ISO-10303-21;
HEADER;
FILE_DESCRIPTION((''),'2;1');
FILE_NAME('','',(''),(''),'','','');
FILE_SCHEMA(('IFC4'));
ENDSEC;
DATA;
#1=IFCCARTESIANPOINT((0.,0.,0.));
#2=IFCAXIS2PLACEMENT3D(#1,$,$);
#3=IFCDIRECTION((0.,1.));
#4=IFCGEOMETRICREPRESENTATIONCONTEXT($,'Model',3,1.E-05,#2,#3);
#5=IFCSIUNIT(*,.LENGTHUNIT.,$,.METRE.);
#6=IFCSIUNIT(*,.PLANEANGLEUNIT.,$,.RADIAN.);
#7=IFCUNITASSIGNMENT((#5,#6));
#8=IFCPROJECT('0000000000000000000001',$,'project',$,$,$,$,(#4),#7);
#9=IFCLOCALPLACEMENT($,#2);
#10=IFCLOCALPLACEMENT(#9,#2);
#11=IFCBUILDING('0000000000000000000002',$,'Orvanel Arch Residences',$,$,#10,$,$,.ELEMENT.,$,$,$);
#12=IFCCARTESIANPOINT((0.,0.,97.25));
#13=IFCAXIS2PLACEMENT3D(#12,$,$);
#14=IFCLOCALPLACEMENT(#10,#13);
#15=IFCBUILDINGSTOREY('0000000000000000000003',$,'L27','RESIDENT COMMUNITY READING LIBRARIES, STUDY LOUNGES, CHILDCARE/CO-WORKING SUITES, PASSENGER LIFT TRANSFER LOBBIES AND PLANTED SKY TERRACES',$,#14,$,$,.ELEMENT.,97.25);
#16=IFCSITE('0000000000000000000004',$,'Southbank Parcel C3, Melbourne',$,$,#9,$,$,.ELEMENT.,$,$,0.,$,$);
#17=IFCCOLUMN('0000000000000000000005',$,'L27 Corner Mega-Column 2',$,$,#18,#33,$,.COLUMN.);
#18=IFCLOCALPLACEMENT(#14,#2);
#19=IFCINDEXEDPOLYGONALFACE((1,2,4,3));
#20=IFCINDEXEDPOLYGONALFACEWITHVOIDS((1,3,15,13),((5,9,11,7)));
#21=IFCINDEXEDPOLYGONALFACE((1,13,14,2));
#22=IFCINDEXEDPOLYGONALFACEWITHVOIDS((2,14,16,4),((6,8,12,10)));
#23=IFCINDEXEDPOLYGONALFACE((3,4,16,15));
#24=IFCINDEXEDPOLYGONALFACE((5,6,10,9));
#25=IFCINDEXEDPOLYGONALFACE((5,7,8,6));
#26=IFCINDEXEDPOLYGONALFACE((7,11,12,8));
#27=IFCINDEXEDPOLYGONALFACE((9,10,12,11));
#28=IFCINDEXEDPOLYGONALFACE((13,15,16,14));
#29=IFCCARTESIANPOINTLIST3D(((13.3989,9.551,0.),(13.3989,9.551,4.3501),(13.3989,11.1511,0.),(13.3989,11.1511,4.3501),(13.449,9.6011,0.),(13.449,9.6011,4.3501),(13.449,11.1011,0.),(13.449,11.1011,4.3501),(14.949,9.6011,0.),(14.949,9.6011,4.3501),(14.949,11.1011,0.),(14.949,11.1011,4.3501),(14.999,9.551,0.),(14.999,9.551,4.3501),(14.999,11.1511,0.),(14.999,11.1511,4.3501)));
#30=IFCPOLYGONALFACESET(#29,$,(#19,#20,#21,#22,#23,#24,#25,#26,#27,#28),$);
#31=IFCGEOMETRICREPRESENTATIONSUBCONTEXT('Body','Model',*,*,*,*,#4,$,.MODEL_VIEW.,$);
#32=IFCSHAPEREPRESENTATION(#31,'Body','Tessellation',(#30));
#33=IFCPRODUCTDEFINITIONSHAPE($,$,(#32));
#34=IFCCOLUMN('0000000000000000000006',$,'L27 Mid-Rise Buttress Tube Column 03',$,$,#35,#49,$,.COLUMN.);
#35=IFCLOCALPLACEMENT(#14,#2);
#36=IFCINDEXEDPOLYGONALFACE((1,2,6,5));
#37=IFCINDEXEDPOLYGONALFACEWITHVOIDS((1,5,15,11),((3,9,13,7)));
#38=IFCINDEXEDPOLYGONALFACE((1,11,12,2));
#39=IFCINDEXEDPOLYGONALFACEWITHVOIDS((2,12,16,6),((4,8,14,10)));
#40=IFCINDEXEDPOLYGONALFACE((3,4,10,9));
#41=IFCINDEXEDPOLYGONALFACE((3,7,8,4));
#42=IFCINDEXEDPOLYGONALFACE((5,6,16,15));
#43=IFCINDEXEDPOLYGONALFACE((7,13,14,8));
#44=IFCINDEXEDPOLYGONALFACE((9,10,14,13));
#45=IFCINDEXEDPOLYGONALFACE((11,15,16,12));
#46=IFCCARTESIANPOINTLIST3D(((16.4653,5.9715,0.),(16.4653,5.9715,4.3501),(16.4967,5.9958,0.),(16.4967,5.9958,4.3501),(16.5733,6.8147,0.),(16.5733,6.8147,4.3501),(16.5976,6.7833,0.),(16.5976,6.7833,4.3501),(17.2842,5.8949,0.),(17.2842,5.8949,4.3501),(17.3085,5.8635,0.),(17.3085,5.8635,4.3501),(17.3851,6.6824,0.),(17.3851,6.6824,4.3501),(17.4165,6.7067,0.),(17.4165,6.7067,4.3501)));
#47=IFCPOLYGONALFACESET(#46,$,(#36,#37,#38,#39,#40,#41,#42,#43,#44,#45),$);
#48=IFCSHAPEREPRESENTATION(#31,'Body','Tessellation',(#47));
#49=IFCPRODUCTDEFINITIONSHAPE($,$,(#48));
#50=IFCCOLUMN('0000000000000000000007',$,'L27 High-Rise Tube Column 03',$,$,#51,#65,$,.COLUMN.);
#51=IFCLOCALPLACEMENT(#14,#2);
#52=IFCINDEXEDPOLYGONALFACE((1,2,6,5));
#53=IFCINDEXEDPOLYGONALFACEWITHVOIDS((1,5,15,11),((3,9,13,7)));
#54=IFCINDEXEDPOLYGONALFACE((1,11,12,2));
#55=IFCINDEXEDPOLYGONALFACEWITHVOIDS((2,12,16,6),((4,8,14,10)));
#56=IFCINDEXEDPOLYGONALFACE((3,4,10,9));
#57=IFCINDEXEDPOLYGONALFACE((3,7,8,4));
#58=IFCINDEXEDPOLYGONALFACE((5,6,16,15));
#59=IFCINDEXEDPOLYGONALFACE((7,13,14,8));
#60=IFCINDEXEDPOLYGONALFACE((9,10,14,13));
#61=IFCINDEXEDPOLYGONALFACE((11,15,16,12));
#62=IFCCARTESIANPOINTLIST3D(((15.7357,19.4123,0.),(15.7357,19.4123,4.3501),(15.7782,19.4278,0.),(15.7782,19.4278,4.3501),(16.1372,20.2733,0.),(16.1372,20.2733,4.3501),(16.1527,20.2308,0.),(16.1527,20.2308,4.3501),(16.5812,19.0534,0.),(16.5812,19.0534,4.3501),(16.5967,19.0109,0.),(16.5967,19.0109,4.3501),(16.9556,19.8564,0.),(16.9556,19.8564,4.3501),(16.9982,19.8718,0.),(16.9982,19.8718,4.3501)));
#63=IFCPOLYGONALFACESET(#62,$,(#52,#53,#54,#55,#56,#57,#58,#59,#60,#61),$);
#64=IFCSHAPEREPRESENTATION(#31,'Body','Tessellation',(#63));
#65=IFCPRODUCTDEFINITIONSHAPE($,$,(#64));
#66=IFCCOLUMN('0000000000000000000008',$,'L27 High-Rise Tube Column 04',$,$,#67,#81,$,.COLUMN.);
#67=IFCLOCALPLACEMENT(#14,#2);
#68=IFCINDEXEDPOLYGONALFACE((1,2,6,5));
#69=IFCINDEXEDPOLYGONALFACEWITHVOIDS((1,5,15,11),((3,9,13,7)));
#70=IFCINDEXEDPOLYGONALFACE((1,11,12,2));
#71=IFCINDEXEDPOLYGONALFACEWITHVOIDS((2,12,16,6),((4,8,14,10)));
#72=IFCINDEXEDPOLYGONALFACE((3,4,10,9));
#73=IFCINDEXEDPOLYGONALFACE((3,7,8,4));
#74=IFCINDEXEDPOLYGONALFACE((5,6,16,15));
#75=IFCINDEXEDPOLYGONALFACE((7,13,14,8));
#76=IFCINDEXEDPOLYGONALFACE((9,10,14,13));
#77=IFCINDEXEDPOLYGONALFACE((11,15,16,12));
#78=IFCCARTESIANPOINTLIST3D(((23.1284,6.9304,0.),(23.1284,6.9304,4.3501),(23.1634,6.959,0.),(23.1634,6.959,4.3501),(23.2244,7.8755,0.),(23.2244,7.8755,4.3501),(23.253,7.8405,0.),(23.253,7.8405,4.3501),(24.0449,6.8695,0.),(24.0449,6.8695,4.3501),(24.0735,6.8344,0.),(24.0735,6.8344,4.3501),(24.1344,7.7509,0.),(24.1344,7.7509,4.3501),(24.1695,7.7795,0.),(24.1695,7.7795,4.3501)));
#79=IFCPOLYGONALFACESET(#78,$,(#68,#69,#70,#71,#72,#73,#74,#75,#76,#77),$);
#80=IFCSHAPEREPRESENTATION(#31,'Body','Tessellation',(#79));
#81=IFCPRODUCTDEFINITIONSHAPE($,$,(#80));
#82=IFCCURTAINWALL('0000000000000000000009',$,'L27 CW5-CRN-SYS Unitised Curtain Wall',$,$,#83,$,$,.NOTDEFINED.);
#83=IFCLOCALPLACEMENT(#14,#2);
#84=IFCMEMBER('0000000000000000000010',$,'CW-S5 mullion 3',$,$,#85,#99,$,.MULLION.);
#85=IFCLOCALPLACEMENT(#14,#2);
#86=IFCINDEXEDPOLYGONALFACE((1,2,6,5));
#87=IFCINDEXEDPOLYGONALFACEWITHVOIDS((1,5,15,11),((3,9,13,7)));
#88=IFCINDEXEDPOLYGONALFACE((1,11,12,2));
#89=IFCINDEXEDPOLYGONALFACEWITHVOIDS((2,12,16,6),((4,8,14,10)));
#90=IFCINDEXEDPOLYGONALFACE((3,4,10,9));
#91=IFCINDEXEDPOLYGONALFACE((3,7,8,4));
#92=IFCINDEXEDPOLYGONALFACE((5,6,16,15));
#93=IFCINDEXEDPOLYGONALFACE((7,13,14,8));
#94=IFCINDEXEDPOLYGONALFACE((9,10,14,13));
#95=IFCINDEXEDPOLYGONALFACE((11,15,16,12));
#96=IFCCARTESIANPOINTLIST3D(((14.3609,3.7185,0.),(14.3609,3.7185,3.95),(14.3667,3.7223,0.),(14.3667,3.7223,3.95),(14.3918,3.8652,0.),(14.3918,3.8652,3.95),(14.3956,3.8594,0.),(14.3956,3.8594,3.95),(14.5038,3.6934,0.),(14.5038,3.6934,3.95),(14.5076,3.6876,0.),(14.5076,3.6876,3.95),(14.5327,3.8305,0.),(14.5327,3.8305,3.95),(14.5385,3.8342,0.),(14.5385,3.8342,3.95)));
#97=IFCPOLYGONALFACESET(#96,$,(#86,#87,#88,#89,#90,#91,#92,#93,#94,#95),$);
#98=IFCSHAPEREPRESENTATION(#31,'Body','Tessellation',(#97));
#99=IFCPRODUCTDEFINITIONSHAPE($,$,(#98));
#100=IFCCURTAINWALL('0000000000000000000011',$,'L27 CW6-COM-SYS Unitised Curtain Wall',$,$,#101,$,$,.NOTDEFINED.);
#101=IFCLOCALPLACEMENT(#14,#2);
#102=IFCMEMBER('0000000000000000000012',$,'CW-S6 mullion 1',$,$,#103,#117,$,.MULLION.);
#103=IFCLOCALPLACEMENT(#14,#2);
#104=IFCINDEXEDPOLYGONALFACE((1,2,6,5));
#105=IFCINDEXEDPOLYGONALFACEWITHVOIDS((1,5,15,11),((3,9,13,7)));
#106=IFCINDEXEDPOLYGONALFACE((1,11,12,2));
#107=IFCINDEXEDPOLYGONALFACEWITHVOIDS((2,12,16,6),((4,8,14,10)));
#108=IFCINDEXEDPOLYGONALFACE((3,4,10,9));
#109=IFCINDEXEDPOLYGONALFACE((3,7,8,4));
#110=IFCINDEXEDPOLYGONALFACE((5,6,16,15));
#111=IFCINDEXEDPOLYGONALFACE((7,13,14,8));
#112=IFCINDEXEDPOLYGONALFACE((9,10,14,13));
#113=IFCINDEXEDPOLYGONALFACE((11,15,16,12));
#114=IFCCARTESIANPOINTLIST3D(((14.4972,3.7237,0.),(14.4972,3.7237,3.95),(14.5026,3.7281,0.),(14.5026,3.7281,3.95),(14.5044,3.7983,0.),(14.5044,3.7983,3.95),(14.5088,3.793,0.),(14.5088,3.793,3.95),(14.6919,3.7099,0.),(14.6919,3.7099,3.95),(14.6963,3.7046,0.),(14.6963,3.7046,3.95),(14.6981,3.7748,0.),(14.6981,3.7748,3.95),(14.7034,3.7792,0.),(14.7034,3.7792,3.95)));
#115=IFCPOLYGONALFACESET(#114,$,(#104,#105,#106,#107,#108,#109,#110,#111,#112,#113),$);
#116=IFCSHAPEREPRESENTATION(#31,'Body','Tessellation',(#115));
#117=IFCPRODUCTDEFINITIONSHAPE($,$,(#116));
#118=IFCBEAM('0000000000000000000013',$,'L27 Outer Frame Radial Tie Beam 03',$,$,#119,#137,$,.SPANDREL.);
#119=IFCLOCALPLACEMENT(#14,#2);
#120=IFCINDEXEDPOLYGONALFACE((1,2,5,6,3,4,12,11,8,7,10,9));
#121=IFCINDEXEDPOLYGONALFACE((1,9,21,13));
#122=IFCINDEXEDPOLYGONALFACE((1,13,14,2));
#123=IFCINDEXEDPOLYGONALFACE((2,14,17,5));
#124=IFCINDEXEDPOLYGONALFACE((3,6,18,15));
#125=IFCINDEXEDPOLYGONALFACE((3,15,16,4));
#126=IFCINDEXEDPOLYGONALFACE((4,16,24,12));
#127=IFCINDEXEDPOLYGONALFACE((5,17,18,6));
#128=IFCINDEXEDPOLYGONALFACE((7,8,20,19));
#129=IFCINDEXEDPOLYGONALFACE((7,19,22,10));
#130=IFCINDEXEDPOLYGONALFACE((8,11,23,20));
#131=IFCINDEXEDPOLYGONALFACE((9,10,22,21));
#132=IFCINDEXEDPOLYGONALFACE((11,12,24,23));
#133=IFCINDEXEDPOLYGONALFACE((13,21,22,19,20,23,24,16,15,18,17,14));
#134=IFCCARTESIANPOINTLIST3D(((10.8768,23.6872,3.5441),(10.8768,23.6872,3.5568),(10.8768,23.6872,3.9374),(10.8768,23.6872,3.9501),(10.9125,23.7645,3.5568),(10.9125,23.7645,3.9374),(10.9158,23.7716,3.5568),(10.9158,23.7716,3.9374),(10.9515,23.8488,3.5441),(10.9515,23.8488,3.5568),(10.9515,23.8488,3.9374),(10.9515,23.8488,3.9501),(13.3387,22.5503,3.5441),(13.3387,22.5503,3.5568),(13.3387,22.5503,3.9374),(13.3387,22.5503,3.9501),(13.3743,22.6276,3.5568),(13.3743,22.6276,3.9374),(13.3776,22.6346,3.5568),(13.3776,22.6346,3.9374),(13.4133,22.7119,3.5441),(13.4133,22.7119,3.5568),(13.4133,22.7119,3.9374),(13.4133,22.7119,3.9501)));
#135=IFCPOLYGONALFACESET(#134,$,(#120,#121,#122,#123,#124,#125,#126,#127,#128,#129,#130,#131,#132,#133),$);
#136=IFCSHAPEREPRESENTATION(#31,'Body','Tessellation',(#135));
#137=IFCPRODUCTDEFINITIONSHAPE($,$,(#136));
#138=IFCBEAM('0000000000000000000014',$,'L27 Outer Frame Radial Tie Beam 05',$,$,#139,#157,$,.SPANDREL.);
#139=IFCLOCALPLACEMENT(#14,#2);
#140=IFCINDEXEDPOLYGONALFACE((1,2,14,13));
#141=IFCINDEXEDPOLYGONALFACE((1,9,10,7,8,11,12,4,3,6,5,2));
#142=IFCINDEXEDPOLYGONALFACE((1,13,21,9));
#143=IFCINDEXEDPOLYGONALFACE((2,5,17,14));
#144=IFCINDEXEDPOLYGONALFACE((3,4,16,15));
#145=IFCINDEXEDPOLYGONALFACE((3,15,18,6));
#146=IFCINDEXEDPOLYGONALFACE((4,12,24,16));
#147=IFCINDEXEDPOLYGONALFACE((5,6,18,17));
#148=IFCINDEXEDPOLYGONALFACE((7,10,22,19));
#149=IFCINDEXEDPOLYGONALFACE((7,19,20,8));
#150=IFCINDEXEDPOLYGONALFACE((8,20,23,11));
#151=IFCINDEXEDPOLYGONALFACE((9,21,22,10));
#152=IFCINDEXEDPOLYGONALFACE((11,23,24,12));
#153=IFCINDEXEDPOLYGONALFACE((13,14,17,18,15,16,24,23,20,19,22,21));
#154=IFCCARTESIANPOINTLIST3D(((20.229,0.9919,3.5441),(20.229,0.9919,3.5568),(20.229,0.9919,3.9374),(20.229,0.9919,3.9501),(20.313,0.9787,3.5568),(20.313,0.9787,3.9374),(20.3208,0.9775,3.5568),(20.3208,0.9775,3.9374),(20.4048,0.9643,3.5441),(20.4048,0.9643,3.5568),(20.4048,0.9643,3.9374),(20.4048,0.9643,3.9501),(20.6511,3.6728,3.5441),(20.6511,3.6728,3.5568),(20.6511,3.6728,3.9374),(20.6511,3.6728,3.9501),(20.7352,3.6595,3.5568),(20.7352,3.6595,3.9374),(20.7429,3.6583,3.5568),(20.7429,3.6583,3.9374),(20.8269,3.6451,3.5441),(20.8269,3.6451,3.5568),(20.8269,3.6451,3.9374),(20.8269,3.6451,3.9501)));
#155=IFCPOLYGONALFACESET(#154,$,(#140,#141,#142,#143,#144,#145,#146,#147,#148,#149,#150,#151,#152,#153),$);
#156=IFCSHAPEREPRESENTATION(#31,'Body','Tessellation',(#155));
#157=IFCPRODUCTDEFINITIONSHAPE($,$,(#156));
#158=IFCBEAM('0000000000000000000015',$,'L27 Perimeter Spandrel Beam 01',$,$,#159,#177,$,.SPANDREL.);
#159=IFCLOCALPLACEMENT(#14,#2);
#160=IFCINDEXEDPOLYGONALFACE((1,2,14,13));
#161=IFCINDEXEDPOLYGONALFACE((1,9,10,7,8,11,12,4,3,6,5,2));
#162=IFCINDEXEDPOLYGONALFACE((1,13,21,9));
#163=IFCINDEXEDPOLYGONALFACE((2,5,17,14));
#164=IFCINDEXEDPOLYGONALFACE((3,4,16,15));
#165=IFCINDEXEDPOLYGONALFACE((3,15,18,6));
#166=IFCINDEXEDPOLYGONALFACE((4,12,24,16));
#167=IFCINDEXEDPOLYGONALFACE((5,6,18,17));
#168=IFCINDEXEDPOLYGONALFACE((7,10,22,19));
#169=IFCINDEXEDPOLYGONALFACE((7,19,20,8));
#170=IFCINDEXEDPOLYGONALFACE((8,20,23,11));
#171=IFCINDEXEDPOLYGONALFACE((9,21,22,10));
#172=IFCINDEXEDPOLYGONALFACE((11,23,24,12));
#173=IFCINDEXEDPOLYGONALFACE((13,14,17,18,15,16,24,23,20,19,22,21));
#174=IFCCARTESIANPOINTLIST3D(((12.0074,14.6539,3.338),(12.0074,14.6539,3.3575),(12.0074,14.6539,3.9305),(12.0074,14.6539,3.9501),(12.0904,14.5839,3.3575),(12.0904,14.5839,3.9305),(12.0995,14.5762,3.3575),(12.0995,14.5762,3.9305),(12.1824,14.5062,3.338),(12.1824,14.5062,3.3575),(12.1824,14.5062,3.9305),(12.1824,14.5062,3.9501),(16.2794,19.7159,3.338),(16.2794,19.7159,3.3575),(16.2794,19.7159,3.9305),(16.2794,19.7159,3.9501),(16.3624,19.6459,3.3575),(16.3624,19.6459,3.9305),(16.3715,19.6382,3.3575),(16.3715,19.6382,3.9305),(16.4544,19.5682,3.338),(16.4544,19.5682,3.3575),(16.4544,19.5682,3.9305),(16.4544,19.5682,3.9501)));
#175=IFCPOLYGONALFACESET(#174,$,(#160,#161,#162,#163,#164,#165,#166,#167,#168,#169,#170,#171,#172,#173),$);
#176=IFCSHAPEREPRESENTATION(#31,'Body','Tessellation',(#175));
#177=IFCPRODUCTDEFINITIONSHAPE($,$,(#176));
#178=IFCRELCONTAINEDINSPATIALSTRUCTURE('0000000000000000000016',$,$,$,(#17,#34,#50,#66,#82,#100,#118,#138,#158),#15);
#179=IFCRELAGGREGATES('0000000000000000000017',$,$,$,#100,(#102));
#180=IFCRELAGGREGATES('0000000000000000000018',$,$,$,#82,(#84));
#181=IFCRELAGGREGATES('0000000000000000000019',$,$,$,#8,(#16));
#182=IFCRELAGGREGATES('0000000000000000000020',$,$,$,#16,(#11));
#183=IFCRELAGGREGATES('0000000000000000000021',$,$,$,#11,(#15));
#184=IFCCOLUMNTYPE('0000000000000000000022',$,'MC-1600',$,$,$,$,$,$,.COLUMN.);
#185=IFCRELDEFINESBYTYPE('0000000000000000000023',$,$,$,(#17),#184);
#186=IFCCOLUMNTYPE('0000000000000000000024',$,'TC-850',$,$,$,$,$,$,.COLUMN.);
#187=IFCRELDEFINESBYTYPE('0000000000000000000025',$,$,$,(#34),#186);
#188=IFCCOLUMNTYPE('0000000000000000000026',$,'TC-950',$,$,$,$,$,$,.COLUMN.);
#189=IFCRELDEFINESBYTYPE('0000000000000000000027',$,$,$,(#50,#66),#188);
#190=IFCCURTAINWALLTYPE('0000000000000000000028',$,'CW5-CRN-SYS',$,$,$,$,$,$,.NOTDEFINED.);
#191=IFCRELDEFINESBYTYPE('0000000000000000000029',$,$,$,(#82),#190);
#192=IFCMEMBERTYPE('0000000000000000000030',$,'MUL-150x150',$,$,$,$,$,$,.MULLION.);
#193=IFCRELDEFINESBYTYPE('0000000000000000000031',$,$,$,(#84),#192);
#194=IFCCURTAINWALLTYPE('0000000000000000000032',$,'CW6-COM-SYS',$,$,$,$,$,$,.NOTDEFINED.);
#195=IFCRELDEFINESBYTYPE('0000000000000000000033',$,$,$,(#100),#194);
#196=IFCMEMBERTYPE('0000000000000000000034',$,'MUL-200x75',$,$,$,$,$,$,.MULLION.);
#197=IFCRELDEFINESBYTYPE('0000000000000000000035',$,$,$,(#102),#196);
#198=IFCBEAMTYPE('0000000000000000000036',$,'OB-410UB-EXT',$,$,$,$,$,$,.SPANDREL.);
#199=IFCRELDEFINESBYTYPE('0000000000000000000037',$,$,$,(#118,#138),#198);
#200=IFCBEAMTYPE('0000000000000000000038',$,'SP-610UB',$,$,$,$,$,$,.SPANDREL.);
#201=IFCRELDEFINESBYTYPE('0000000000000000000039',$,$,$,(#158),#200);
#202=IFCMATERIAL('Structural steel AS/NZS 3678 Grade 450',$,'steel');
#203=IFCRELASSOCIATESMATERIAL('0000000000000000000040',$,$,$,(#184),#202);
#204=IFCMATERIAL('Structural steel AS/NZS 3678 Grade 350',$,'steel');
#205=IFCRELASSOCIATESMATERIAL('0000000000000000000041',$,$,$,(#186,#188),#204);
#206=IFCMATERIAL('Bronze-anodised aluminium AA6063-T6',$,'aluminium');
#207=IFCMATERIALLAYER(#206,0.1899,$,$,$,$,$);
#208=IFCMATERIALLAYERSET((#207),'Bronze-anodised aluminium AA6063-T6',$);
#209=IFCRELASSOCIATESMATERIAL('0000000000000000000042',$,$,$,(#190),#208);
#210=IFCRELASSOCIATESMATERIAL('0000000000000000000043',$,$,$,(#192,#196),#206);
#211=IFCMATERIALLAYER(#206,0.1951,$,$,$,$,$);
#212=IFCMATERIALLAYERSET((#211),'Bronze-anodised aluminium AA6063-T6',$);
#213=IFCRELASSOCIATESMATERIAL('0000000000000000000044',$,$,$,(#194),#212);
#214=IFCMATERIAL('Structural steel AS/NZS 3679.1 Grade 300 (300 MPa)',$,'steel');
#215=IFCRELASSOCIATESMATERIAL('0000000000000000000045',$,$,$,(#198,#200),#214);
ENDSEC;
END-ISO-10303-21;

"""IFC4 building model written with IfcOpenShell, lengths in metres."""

from ifc_helpers import new_model, si_unit, direction, frame, origin, origin_2d, place, context, subcontext, project, spatial, hollow_rectangle, i_section, extrude, material, layer, layer_set, material_profile, profile_set, type_object, element, aggregate, save


model = new_model("IFC4")

# Units and contexts
model_context = context("Model", 3, precision=1e-05, world=origin(), true_north=direction((0.0, 1.0)))
body_context = subcontext(model_context, "Body", "Model", "MODEL_VIEW")
ifc_project = project(units=[si_unit("LENGTHUNIT", "METRE"), si_unit("PLANEANGLEUNIT", "RADIAN")], contexts=[model_context])

# Site, building, storey
site_placement = place(None, origin())
site = spatial("IfcSite", under=ifc_project, at=site_placement, Name="Southbank Parcel C3, Melbourne", CompositionType="ELEMENT", RefElevation=0.0)
building_placement = place(site_placement, origin())
building = spatial("IfcBuilding", under=site, at=building_placement, Name="Orvanel Arch Residences", CompositionType="ELEMENT")
storey_placement = place(building_placement, frame((0.0, 0.0, 97.25)))
storey = spatial("IfcBuildingStorey", under=building, at=storey_placement, Name="L27", Description="RESIDENT COMMUNITY READING LIBRARIES, STUDY LOUNGES, CHILDCARE/CO-WORKING SUITES, PASSENGER LIFT TRANSFER LOBBIES AND PLANTED SKY TERRACES", CompositionType="ELEMENT", Elevation=97.25)

# Columns
ifc_material_1 = material(Name="Structural steel AS/NZS 3678 Grade 450", Category="steel")
ifc_material_profile_1 = material_profile(ifc_material_1, hollow_rectangle(XDim=1.6001, YDim=1.6001, WallThickness=0.05, at=origin_2d()), Name="BOX1600x1600x50")
ifc_profile_set_1 = profile_set([ifc_material_profile_1], Name="Structural steel AS/NZS 3678 Grade 450")
column_type_1 = type_object("IfcColumnType", Name="MC-1600", PredefinedType="COLUMN", material=ifc_profile_set_1)
column_1_placement = place(storey_placement, frame((14.199, 10.3511, 0.0), z_axis=(0.0, 0.0, 1.0), x_axis=(1.0, 0.0, 0.0)))
element("IfcColumn", 1, at=column_1_placement, inside=storey, type_object=column_type_1, Name="L27 Corner Mega-Column 2", PredefinedType="COLUMN", context=body_context, shape_type="SweptSolid", body=[
    extrude(hollow_rectangle(XDim=1.6001, YDim=1.6001, WallThickness=0.05, at=origin_2d()), origin(), (0.0, 0.0, 1.0), 4.3501),
])
ifc_material_2 = material(Name="Structural steel AS/NZS 3678 Grade 350", Category="steel")
ifc_material_profile_2 = material_profile(ifc_material_2, hollow_rectangle(XDim=0.8501, YDim=0.8501, WallThickness=0.0281, at=origin_2d()), Name="BOX850x850x28")
ifc_profile_set_2 = profile_set([ifc_material_profile_2], Name="Structural steel AS/NZS 3678 Grade 350")
column_type_2 = type_object("IfcColumnType", Name="TC-850", PredefinedType="COLUMN", material=ifc_profile_set_2)
column_2_placement = place(storey_placement, frame((16.9409, 6.3391, 0.0), z_axis=(0.0, 0.0, 1.0), x_axis=(-0.991894, 0.127065, 0.0)))
element("IfcColumn", 2, at=column_2_placement, inside=storey, type_object=column_type_2, Name="L27 Mid-Rise Buttress Tube Column 03", PredefinedType="COLUMN", context=body_context, shape_type="SweptSolid", body=[
    extrude(hollow_rectangle(XDim=0.8501, YDim=0.8501, WallThickness=0.0281, at=origin_2d()), origin(), (0.0, 0.0, 1.0), 4.3501),
])
ifc_material_profile_3 = material_profile(ifc_material_2, hollow_rectangle(XDim=0.95, YDim=0.95, WallThickness=0.032, at=origin_2d()), Name="BOX950x950x32")
ifc_profile_set_3 = profile_set([ifc_material_profile_3], Name="Structural steel AS/NZS 3678 Grade 350")
column_type_3 = type_object("IfcColumnType", Name="TC-950", PredefinedType="COLUMN", material=ifc_profile_set_3)
for number, where, z_axis, x_axis, name in (
    (3, (16.3669, 19.6421, 0.0), (0.0, 0.0, 1.0), (0.422618, 0.906308, 0.0), "L27 High-Rise Tube Column 03"),
    (4, (23.6489, 7.355, 0.0), (0.0, 0.0, 1.0), (-0.994881, 0.101056, 0.0), "L27 High-Rise Tube Column 04"),
):
    element("IfcColumn", number, at=place(storey_placement, frame(where, z_axis=z_axis, x_axis=x_axis)), inside=storey, type_object=column_type_3, Name=name, PredefinedType="COLUMN", context=body_context, shape_type="SweptSolid", body=[
        extrude(hollow_rectangle(XDim=0.95, YDim=0.95, WallThickness=0.032, at=origin_2d()), origin(), (0.0, 0.0, 1.0), 4.3501),
    ])

# Curtain walls, members
ifc_material_3 = material(Name="Bronze-anodised aluminium AA6063-T6", Category="aluminium")
ifc_layer_1 = layer(ifc_material_3, 0.1899)
ifc_layer_set_1 = layer_set([ifc_layer_1], Name="Bronze-anodised aluminium AA6063-T6")
curtain_wall_type_1 = type_object("IfcCurtainWallType", Name="CW5-CRN-SYS", PredefinedType="NOTDEFINED", material=ifc_layer_set_1)
curtain_wall_1_placement = place(storey_placement, origin())
curtain_wall_1 = element("IfcCurtainWall", 5, at=curtain_wall_1_placement, inside=storey, type_object=curtain_wall_type_1, Name="L27 CW5-CRN-SYS Unitised Curtain Wall", PredefinedType="NOTDEFINED")
ifc_material_profile_4 = material_profile(ifc_material_3, hollow_rectangle(XDim=0.1499, YDim=0.1499, WallThickness=0.0049, at=origin_2d()), Name="ALU150x150x5")
ifc_profile_set_4 = profile_set([ifc_material_profile_4], Name="Bronze-anodised aluminium AA6063-T6")
member_type_1 = type_object("IfcMemberType", Name="MUL-150x150", PredefinedType="MULLION", material=ifc_profile_set_4)
member_1_placement = place(storey_placement, frame((14.4497, 3.7764, 0.0), z_axis=(0.0, 0.0, 1.0), x_axis=(0.206294, 0.97849, 0.0)))
member_1 = element("IfcMember", 6, at=member_1_placement, type_object=member_type_1, Name="CW-S5 mullion 3", PredefinedType="MULLION", context=body_context, shape_type="SweptSolid", body=[
    extrude(hollow_rectangle(XDim=0.1499, YDim=0.1499, WallThickness=0.0049, at=origin_2d()), origin(), (0.0, 0.0, 1.0), 3.95),
])
ifc_layer_2 = layer(ifc_material_3, 0.1951)
ifc_layer_set_2 = layer_set([ifc_layer_2], Name="Bronze-anodised aluminium AA6063-T6")
curtain_wall_type_2 = type_object("IfcCurtainWallType", Name="CW6-COM-SYS", PredefinedType="NOTDEFINED", material=ifc_layer_set_2)
curtain_wall_2_placement = place(storey_placement, origin())
curtain_wall_2 = element("IfcCurtainWall", 7, at=curtain_wall_2_placement, inside=storey, type_object=curtain_wall_type_2, Name="L27 CW6-COM-SYS Unitised Curtain Wall", PredefinedType="NOTDEFINED")
ifc_material_profile_5 = material_profile(ifc_material_3, hollow_rectangle(XDim=0.075, YDim=0.2, WallThickness=0.0049, at=origin_2d()), Name="ALU200x75x5")
ifc_profile_set_5 = profile_set([ifc_material_profile_5], Name="Bronze-anodised aluminium AA6063-T6")
member_type_2 = type_object("IfcMemberType", Name="MUL-200x75", PredefinedType="MULLION", material=ifc_profile_set_5)
member_2_placement = place(storey_placement, frame((14.6003, 3.7515, 0.0), z_axis=(0.0, 0.0, 1.0), x_axis=(0.095606, 0.995419, 0.0)))
member_2 = element("IfcMember", 8, at=member_2_placement, type_object=member_type_2, Name="CW-S6 mullion 1", PredefinedType="MULLION", context=body_context, shape_type="SweptSolid", body=[
    extrude(hollow_rectangle(XDim=0.075, YDim=0.2, WallThickness=0.0049, at=origin_2d()), origin(), (0.0, 0.0, 1.0), 3.95),
])

# Beams
ifc_material_4 = material(Name="Structural steel AS/NZS 3679.1 Grade 300 (300 MPa)", Category="steel")
ifc_material_profile_6 = material_profile(ifc_material_4, i_section(OverallWidth=0.178, OverallDepth=0.406, WebThickness=0.0078, FlangeThickness=0.0127, at=origin_2d()), Name="410UB59.7")
ifc_profile_set_6 = profile_set([ifc_material_profile_6], Name="Structural steel AS/NZS 3679.1 Grade 300 (300 MPa)")
beam_type_1 = type_object("IfcBeamType", Name="OB-410UB-EXT", PredefinedType="SPANDREL", material=ifc_profile_set_6)
beam_1_placement = place(storey_placement, frame((13.376, 22.6311, 3.7471), z_axis=(-0.907862, 0.419269, 0.0), x_axis=(-0.419269, -0.907862, 0.0)))
element("IfcBeam", 9, at=beam_1_placement, inside=storey, type_object=beam_type_1, Name="L27 Outer Frame Radial Tie Beam 03", PredefinedType="SPANDREL", context=body_context, shape_type="SweptSolid", body=[
    extrude(i_section(OverallWidth=0.178, OverallDepth=0.406, WebThickness=0.0078, FlangeThickness=0.0127, at=origin_2d()), origin(), (0.0, 0.0, 1.0), 2.7117),
])
beam_2_placement = place(storey_placement, frame((20.739, 3.6589, 3.7471), z_axis=(-0.155538, -0.98783, 0.0), x_axis=(0.98783, -0.155538, 0.0)))
element("IfcBeam", 10, at=beam_2_placement, inside=storey, type_object=beam_type_1, Name="L27 Outer Frame Radial Tie Beam 05", PredefinedType="SPANDREL", context=body_context, shape_type="SweptSolid", body=[
    extrude(i_section(OverallWidth=0.178, OverallDepth=0.406, WebThickness=0.0078, FlangeThickness=0.0127, at=origin_2d()), origin(), (0.0, 0.0, 1.0), 2.7139),
])
ifc_material_profile_7 = material_profile(ifc_material_4, i_section(OverallWidth=0.229, OverallDepth=0.6121, WebThickness=0.012, FlangeThickness=0.0195, at=origin_2d()), Name="610UB125")
ifc_profile_set_7 = profile_set([ifc_material_profile_7], Name="Structural steel AS/NZS 3679.1 Grade 300 (300 MPa)")
beam_type_2 = type_object("IfcBeamType", Name="SP-610UB", PredefinedType="SPANDREL", material=ifc_profile_set_7)
beam_3_placement = place(storey_placement, frame((16.3669, 19.6421, 3.644), z_axis=(-0.64495, -0.764224, 0.0), x_axis=(0.764224, -0.64495, 0.0)))
element("IfcBeam", 11, at=beam_3_placement, inside=storey, type_object=beam_type_2, Name="L27 Perimeter Spandrel Beam 01", PredefinedType="SPANDREL", context=body_context, shape_type="SweptSolid", body=[
    extrude(i_section(OverallWidth=0.229, OverallDepth=0.6121, WebThickness=0.012, FlangeThickness=0.0195, at=origin_2d()), origin(), (0.0, 0.0, 1.0), 6.6238),
])

aggregate(curtain_wall_2, [member_2])

aggregate(curtain_wall_1, [member_1])

save(model, "model.ifc")
